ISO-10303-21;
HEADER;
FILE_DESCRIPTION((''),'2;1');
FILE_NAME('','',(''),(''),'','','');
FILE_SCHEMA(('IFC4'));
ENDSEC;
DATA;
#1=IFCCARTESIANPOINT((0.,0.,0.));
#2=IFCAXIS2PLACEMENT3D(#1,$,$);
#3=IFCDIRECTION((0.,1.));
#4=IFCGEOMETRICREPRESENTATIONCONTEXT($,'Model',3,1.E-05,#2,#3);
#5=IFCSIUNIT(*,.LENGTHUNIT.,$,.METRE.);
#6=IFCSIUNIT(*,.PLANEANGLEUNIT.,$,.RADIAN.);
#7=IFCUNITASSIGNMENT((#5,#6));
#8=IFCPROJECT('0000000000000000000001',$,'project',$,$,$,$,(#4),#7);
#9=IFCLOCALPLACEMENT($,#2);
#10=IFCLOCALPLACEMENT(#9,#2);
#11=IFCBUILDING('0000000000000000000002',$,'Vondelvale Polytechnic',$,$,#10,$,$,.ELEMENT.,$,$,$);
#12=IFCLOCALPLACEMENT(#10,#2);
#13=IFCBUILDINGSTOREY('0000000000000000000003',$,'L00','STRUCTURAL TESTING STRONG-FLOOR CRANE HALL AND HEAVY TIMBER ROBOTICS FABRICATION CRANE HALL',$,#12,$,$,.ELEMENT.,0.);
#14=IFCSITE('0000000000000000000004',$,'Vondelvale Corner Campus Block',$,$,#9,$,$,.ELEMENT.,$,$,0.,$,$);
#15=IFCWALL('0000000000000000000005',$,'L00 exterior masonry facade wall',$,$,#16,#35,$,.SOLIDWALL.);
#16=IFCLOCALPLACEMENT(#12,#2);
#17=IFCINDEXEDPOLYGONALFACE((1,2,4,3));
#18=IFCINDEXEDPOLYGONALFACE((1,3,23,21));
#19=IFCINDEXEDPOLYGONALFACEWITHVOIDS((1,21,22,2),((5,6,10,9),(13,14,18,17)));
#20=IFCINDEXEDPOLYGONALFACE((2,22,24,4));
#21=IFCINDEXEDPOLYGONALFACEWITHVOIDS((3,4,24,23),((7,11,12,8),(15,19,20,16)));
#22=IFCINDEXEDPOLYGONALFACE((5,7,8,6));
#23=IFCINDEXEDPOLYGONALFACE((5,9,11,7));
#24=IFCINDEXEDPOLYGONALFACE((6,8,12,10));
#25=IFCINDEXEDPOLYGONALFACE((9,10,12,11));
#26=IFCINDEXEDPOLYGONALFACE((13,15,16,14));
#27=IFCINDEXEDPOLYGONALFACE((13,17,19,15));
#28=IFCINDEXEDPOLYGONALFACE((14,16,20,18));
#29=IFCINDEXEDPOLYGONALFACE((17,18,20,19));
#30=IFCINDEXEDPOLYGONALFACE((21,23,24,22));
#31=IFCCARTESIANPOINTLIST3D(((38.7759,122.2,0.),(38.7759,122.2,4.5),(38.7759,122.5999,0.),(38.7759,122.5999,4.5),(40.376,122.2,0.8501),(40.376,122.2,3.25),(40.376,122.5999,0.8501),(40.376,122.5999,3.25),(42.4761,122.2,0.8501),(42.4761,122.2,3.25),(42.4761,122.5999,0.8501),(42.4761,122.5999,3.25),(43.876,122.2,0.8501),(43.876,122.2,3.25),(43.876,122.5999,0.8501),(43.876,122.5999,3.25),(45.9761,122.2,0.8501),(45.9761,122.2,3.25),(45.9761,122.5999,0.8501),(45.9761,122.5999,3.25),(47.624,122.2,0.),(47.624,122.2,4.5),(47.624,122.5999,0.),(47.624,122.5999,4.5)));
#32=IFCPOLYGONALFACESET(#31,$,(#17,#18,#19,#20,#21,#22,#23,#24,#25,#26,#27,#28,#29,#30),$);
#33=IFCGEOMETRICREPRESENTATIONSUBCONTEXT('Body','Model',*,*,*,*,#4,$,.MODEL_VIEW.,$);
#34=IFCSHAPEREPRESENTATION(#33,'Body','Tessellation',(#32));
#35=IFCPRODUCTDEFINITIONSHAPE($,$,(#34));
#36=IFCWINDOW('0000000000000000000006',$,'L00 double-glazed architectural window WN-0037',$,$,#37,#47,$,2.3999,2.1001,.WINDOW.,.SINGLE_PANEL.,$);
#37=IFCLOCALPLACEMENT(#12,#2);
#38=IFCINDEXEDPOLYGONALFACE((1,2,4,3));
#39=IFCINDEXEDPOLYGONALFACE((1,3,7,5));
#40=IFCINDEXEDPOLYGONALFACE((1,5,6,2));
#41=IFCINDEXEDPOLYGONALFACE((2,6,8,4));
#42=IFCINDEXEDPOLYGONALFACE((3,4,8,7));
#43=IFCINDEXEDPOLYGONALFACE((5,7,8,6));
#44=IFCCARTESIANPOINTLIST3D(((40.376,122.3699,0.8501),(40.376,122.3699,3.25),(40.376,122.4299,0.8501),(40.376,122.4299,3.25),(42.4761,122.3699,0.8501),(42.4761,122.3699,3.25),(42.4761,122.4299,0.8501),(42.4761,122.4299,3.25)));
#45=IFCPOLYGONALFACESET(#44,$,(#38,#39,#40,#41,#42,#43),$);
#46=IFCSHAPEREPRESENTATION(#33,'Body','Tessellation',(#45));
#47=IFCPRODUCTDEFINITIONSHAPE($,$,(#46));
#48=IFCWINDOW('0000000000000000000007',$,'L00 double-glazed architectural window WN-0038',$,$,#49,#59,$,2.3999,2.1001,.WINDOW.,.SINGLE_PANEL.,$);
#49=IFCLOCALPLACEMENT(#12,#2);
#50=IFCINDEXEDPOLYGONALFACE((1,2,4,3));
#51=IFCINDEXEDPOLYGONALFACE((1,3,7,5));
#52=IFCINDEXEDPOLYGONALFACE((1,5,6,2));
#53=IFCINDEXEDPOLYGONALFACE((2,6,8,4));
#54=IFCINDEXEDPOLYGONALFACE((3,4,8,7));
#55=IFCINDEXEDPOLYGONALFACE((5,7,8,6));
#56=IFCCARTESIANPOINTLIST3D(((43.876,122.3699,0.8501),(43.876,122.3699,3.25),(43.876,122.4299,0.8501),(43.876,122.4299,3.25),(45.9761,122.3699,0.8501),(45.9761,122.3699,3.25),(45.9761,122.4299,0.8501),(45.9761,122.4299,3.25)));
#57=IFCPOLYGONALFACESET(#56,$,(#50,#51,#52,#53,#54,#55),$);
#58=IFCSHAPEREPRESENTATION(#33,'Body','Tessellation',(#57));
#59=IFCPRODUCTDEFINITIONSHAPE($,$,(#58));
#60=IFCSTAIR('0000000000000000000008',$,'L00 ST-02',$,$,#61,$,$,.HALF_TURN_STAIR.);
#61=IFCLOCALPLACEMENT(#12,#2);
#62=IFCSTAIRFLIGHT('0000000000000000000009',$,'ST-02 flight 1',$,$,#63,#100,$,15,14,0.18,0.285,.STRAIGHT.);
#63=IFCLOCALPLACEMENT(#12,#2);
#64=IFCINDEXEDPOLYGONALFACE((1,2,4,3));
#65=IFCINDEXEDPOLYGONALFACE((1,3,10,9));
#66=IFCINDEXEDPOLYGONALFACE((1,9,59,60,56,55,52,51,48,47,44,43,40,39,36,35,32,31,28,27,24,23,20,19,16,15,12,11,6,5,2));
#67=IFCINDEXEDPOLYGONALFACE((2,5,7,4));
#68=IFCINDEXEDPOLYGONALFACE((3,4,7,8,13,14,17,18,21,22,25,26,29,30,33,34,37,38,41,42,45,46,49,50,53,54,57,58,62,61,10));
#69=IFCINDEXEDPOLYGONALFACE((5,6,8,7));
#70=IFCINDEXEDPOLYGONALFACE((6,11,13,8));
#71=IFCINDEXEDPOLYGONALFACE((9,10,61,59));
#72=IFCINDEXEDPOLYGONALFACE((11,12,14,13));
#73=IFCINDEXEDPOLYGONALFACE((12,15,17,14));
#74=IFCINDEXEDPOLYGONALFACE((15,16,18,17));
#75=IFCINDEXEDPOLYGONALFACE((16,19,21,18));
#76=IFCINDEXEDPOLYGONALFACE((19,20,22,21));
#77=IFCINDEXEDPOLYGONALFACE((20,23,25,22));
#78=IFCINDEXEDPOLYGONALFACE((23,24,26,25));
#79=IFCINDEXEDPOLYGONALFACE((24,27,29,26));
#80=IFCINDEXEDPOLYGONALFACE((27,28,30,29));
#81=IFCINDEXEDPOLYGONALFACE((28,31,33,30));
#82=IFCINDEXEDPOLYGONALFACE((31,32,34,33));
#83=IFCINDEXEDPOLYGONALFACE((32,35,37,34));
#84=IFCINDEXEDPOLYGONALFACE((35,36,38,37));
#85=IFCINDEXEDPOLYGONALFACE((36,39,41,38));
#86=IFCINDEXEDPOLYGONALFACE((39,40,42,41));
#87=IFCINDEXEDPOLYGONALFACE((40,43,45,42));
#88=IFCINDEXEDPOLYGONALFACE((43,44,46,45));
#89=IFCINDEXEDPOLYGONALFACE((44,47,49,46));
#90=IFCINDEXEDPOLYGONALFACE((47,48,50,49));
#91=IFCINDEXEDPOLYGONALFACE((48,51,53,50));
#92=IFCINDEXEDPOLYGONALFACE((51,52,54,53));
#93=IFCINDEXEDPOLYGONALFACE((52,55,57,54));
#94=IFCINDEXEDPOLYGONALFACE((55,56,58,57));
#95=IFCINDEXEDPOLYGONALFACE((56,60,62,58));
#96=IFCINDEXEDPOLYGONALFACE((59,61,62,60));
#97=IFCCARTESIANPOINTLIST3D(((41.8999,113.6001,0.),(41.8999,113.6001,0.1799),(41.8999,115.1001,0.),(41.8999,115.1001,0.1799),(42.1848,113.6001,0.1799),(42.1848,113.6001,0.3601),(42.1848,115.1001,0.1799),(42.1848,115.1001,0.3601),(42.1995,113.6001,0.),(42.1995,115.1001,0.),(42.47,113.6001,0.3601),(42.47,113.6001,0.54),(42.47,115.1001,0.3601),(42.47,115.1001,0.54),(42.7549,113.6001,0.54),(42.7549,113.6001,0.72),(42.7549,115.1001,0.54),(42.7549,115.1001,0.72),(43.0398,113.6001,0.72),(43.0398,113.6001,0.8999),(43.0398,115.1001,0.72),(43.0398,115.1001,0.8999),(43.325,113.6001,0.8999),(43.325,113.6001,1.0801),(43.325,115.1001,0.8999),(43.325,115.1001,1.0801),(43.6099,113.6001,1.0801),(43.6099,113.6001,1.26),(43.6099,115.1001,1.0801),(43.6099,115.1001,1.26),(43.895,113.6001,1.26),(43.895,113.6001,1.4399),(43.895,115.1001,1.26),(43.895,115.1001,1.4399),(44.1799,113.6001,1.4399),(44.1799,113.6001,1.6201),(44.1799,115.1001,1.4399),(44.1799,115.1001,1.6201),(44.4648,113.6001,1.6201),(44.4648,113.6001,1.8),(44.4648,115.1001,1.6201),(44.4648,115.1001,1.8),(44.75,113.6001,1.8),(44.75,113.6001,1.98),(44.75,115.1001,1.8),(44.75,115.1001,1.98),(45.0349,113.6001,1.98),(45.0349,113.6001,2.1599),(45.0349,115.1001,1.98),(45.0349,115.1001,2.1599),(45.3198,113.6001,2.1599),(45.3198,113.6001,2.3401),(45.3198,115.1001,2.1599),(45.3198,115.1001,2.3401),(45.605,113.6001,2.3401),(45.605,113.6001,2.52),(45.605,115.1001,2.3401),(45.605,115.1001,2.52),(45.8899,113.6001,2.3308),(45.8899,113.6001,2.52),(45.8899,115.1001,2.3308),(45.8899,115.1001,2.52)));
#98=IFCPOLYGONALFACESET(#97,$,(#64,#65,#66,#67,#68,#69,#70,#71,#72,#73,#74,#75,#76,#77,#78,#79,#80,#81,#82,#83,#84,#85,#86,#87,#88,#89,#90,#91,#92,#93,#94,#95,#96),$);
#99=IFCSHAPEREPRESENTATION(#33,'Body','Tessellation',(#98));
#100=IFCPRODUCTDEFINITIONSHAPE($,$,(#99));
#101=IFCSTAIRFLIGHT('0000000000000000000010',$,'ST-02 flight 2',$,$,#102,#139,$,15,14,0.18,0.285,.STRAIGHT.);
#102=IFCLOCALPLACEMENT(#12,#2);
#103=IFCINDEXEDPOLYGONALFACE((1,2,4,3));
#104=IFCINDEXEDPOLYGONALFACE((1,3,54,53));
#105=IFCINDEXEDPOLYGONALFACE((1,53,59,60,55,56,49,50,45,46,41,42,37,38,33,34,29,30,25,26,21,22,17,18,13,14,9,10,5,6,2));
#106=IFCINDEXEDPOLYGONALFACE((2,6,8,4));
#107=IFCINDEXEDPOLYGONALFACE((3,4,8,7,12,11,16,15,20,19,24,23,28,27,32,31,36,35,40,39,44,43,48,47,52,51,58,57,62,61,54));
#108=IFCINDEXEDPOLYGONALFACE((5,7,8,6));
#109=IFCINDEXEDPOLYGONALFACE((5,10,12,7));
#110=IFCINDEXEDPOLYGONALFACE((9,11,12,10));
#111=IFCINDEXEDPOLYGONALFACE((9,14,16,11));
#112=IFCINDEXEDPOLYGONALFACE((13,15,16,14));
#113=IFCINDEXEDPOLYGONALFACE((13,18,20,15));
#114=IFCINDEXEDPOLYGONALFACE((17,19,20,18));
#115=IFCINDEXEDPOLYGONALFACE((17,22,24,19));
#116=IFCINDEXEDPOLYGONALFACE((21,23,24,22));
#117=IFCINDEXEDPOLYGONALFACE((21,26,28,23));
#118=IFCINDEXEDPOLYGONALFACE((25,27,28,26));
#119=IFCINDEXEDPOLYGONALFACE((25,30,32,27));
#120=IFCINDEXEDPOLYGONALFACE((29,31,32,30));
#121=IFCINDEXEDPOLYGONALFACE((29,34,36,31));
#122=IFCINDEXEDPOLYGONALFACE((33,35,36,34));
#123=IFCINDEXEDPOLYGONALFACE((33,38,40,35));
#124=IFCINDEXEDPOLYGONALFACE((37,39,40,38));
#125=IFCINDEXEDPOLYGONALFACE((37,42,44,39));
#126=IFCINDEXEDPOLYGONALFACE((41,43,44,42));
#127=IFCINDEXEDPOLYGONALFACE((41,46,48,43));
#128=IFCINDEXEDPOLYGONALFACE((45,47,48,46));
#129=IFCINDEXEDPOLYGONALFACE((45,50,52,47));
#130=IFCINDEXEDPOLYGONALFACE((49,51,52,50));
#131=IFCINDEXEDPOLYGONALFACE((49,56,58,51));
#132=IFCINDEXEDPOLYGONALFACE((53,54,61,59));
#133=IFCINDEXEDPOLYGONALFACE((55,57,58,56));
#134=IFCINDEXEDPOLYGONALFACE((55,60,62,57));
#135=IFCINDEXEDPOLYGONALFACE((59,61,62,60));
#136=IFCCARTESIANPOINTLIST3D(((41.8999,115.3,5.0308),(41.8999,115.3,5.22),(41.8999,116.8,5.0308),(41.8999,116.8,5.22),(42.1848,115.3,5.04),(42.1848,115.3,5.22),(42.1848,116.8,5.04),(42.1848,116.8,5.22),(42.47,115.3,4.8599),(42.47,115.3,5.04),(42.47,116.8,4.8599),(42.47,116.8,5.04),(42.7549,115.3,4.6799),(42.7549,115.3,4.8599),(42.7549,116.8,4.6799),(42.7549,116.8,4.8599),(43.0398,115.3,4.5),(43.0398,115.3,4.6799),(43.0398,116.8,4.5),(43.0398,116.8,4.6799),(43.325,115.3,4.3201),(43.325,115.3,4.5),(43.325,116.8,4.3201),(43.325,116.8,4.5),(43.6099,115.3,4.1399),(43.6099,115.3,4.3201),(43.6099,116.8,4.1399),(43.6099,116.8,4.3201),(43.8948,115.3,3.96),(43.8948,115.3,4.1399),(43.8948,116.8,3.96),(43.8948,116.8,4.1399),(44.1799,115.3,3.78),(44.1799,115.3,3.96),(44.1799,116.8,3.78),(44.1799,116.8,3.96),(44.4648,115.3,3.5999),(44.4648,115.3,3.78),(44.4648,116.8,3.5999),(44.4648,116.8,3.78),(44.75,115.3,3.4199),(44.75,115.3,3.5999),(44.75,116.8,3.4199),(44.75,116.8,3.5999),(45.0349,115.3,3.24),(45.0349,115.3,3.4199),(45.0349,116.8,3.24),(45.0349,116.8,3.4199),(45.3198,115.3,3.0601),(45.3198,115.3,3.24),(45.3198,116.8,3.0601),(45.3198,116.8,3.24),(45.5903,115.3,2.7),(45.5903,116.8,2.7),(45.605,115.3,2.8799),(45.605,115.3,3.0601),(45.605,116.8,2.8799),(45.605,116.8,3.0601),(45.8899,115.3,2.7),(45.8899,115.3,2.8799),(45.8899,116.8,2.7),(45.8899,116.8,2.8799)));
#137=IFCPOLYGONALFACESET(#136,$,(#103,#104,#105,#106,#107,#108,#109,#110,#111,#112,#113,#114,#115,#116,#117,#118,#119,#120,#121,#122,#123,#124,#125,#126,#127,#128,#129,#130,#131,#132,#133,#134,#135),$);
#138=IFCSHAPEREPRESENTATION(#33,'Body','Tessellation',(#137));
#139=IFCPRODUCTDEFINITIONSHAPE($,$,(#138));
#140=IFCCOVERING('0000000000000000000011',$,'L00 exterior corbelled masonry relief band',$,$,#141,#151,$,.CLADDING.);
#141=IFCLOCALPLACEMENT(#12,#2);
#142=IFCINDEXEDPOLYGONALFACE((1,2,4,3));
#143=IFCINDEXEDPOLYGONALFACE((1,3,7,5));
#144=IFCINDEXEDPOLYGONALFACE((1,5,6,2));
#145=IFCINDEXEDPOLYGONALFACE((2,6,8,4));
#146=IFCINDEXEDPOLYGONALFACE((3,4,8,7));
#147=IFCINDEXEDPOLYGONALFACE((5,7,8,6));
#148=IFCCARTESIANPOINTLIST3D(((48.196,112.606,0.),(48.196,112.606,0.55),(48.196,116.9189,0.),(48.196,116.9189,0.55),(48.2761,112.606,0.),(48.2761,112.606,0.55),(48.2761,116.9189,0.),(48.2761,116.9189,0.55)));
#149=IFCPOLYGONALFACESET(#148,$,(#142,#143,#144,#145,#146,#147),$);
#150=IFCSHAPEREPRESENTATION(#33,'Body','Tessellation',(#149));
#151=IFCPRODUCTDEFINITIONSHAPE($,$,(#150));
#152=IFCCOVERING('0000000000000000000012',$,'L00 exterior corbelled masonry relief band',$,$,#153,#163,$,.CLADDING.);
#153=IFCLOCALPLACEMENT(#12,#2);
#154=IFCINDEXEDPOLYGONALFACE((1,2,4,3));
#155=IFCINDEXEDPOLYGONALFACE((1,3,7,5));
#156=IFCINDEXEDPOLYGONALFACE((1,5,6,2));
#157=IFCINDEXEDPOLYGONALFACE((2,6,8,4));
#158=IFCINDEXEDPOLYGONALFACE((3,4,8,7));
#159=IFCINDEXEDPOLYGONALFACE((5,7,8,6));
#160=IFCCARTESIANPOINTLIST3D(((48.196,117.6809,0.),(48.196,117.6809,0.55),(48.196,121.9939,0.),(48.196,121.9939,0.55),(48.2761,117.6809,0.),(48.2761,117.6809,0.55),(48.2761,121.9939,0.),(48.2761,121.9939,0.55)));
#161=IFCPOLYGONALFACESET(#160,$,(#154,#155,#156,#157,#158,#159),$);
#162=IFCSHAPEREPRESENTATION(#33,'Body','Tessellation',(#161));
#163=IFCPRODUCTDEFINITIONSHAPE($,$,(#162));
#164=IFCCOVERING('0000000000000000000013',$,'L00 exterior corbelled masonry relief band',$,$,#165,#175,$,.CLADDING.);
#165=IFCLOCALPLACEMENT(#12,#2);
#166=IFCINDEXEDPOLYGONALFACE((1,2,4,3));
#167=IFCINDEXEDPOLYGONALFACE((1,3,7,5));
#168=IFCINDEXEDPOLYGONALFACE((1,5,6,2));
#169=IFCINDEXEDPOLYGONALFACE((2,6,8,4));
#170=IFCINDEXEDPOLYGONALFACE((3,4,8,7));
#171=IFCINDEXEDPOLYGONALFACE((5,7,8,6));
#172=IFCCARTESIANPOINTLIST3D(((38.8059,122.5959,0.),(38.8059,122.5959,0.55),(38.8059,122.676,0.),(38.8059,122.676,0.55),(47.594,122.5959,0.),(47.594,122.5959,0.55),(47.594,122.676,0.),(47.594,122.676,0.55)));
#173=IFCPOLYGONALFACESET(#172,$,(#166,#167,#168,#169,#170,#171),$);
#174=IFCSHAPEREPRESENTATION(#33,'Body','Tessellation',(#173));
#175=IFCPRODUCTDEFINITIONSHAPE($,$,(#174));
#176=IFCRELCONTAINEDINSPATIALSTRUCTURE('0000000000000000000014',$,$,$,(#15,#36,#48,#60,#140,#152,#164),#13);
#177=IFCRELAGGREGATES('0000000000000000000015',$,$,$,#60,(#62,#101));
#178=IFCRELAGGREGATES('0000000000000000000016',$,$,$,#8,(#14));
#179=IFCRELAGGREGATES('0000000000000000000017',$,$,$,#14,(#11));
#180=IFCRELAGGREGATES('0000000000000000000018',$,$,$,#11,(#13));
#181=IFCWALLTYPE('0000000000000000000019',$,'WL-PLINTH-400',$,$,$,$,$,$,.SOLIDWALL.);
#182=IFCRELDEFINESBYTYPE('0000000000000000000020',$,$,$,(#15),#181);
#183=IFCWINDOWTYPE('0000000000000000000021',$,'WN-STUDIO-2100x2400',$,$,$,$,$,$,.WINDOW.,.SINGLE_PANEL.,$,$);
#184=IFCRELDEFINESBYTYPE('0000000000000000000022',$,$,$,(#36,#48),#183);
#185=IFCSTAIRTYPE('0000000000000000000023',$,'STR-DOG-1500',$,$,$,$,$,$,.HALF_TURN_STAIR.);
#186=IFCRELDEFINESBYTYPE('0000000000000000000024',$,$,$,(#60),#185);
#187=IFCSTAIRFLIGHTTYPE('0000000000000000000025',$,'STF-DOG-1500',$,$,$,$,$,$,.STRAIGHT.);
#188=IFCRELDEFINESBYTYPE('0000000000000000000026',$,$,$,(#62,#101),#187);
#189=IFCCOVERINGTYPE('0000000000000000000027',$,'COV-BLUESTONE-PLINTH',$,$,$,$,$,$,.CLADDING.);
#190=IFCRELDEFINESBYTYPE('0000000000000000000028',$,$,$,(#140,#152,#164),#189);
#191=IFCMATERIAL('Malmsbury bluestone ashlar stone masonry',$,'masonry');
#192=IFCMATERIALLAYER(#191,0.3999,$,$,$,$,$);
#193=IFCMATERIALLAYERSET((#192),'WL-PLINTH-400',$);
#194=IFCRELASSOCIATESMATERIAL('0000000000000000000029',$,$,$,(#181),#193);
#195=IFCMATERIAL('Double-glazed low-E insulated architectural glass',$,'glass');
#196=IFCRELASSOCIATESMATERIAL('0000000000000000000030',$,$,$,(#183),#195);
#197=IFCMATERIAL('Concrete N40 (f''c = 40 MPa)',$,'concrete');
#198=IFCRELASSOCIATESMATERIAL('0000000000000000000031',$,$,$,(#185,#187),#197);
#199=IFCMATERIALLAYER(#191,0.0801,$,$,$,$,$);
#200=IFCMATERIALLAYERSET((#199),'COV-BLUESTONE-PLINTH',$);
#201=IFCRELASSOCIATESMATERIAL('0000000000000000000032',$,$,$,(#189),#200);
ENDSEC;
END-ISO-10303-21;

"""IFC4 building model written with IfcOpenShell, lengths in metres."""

from ifc_helpers import new_model, si_unit, direction, frame, frame_2d, origin, origin_2d, place, context, subcontext, project, spatial, polyline, rectangle, outline, extrude, material, layer, layer_set, type_object, element, fill, aggregate, save


model = new_model("IFC4")

# Units and contexts
model_context = context("Model", 3, precision=1e-05, world=origin(), true_north=direction((0.0, 1.0)))
body_context = subcontext(model_context, "Body", "Model", "MODEL_VIEW")
ifc_project = project(units=[si_unit("LENGTHUNIT", "METRE"), si_unit("PLANEANGLEUNIT", "RADIAN")], contexts=[model_context])

# Site, building, storey
site_placement = place(None, origin())
site = spatial("IfcSite", under=ifc_project, at=site_placement, Name="Vondelvale Corner Campus Block", CompositionType="ELEMENT", RefElevation=0.0)
building_placement = place(site_placement, origin())
building = spatial("IfcBuilding", under=site, at=building_placement, Name="Vondelvale Polytechnic", CompositionType="ELEMENT")
storey_placement = place(building_placement, origin())
storey = spatial("IfcBuildingStorey", under=building, at=storey_placement, Name="L00", Description="STRUCTURAL TESTING STRONG-FLOOR CRANE HALL AND HEAVY TIMBER ROBOTICS FABRICATION CRANE HALL", CompositionType="ELEMENT", Elevation=0.0)

# Shared definitions
ifc_material_1 = material(Name="Concrete N40 (f'c = 40 MPa)", Category="concrete")

# Shared definitions
ifc_material_2 = material(Name="Malmsbury bluestone ashlar stone masonry", Category="masonry")
ifc_layer_1 = layer(ifc_material_2, 0.3999)
ifc_layer_set_1 = layer_set([ifc_layer_1], Name="WL-PLINTH-400")
wall_type_1 = type_object("IfcWallType", Name="WL-PLINTH-400", PredefinedType="SOLIDWALL", material=ifc_layer_set_1)
ifc_material_3 = material(Name="Double-glazed low-E insulated architectural glass", Category="glass")

# Wall, openings, windows
wall_1_placement = place(storey_placement, frame((38.7759, 122.3999, 0.0), z_axis=(0.0, 0.0, 1.0), x_axis=(1.0, 0.0, 0.0)))
wall_1 = element("IfcWall", 1, at=wall_1_placement, inside=storey, type_object=wall_type_1, Name="L00 exterior masonry facade wall", PredefinedType="SOLIDWALL", context=body_context, shape_type="SweptSolid", body=[
    extrude(rectangle(XDim=8.8481, YDim=0.3999, at=frame_2d((4.4241, 0.0))), origin(), (0.0, 0.0, 1.0), 4.5),
])
opening_1_placement = place(wall_1_placement, frame((1.6001, 0.0, 0.8501)))
opening_1 = element("IfcOpeningElement", 2, at=opening_1_placement, cuts=wall_1, PredefinedType="OPENING", context=body_context, shape_type="SweptSolid", body=[
    extrude(rectangle(XDim=2.1001, YDim=2.3999, at=frame_2d((1.05, 1.2))), frame((0.0, 0.21, 0.0), z_axis=(0.0, -1.0, 0.0), x_axis=(1.0, 0.0, 0.0)), (0.0, 0.0, 1.0), 0.4199),
])
opening_2_placement = place(wall_1_placement, frame((5.1001, 0.0, 0.8501)))
opening_2 = element("IfcOpeningElement", 3, at=opening_2_placement, cuts=wall_1, PredefinedType="OPENING", context=body_context, shape_type="SweptSolid", body=[
    extrude(rectangle(XDim=2.1001, YDim=2.3999, at=frame_2d((1.05, 1.2))), frame((0.0, 0.21, 0.0), z_axis=(0.0, -1.0, 0.0), x_axis=(1.0, 0.0, 0.0)), (0.0, 0.0, 1.0), 0.4199),
])
window_type_1 = type_object("IfcWindowType", Name="WN-STUDIO-2100x2400", PartitioningType="SINGLE_PANEL", PredefinedType="WINDOW", material=ifc_material_3)
window_1_placement = place(opening_1_placement, origin())
window_1 = element("IfcWindow", 4, at=window_1_placement, inside=storey, type_object=window_type_1, Name="L00 double-glazed architectural window WN-0037", OverallHeight=2.3999, OverallWidth=2.1001, PartitioningType="SINGLE_PANEL", PredefinedType="WINDOW", context=body_context, shape_type="SweptSolid", body=[
    extrude(rectangle(XDim=2.1001, YDim=2.3999, at=frame_2d((1.05, 1.2))), frame((0.0, 0.03, 0.0), z_axis=(0.0, -1.0, 0.0), x_axis=(1.0, 0.0, 0.0)), (0.0, 0.0, 1.0), 0.0601),
])
fill(opening_1, window_1)
window_2_placement = place(opening_2_placement, origin())
window_2 = element("IfcWindow", 5, at=window_2_placement, inside=storey, type_object=window_type_1, Name="L00 double-glazed architectural window WN-0038", OverallHeight=2.3999, OverallWidth=2.1001, PartitioningType="SINGLE_PANEL", PredefinedType="WINDOW", context=body_context, shape_type="SweptSolid", body=[
    extrude(rectangle(XDim=2.1001, YDim=2.3999, at=frame_2d((1.05, 1.2))), frame((0.0, 0.03, 0.0), z_axis=(0.0, -1.0, 0.0), x_axis=(1.0, 0.0, 0.0)), (0.0, 0.0, 1.0), 0.0601),
])
fill(opening_2, window_2)

# Stair, stair flights
stair_type = type_object("IfcStairType", Name="STR-DOG-1500", PredefinedType="HALF_TURN_STAIR", material=ifc_material_1)
stair_placement = place(storey_placement, origin())
stair = element("IfcStair", 6, at=stair_placement, inside=storey, type_object=stair_type, Name="L00 ST-02", PredefinedType="HALF_TURN_STAIR")
stair_flight_type = type_object("IfcStairFlightType", Name="STF-DOG-1500", PredefinedType="STRAIGHT", material=ifc_material_1)
stair_flight_1_placement = place(storey_placement, frame((41.8999, 114.3501, 0.0), z_axis=(0.0, 0.0, 1.0), x_axis=(1.0, 0.0, 0.0)))
stair_flight_1 = element("IfcStairFlight", 7, at=stair_flight_1_placement, type_object=stair_flight_type, Name="ST-02 flight 1", NumberOfRisers=15, NumberOfTreads=14, PredefinedType="STRAIGHT", RiserHeight=0.18, TreadLength=0.285, context=body_context, shape_type="SweptSolid", body=[
    extrude(outline(polyline([(0.0, 0.0), (0.0, 0.1799), (0.2849, 0.1799), (0.2849, 0.3601), (0.5701, 0.3601), (0.5701, 0.54), (0.855, 0.54), (0.855, 0.72), (1.1399, 0.72), (1.1399, 0.8999), (1.425, 0.8999), (1.425, 1.0801), (1.71, 1.0801), (1.71, 1.26), (1.9951, 1.26), (1.9951, 1.4399), (2.28, 1.4399), (2.28, 1.6201), (2.5649, 1.6201), (2.5649, 1.8), (2.8501, 1.8), (2.8501, 1.98), (3.135, 1.98), (3.135, 2.1599), (3.4199, 2.1599), (3.4199, 2.3401), (3.7051, 2.3401), (3.7051, 2.52), (3.99, 2.52), (3.99, 2.7), (3.99, 2.3308), (0.2996, 0.0), (0.0, 0.0)])), frame((0.0, 0.75, 0.0), z_axis=(0.0, -1.0, 0.0), x_axis=(1.0, 0.0, 0.0)), (0.0, 0.0, 1.0), 1.5),
])
stair_flight_2_placement = place(storey_placement, frame((45.8899, 116.05, 2.7), z_axis=(0.0, 0.0, 1.0), x_axis=(-1.0, 0.0, 0.0)))
stair_flight_2 = element("IfcStairFlight", 8, at=stair_flight_2_placement, type_object=stair_flight_type, Name="ST-02 flight 2", NumberOfRisers=15, NumberOfTreads=14, PredefinedType="STRAIGHT", RiserHeight=0.18, TreadLength=0.285, context=body_context, shape_type="SweptSolid", body=[
    extrude(outline(polyline([(0.0, 0.0), (0.0, 0.1799), (0.2849, 0.1799), (0.2849, 0.3601), (0.5701, 0.3601), (0.5701, 0.54), (0.855, 0.54), (0.855, 0.72), (1.1399, 0.72), (1.1399, 0.8999), (1.425, 0.8999), (1.425, 1.0801), (1.71, 1.0801), (1.71, 1.26), (1.9951, 1.26), (1.9951, 1.4399), (2.28, 1.4399), (2.28, 1.6201), (2.5649, 1.6201), (2.5649, 1.8), (2.8501, 1.8), (2.8501, 1.98), (3.135, 1.98), (3.135, 2.1599), (3.4199, 2.1599), (3.4199, 2.3401), (3.7051, 2.3401), (3.7051, 2.52), (3.99, 2.52), (3.99, 2.7), (3.99, 2.3308), (0.2996, 0.0), (0.0, 0.0)])), frame((0.0, 0.75, 0.0), z_axis=(0.0, -1.0, 0.0), x_axis=(1.0, 0.0, 0.0)), (0.0, 0.0, 1.0), 1.5),
])
aggregate(stair, [stair_flight_1, stair_flight_2])

# Coverings
ifc_layer_2 = layer(ifc_material_2, 0.0801)
ifc_layer_set_2 = layer_set([ifc_layer_2], Name="COV-BLUESTONE-PLINTH")
covering_type = type_object("IfcCoveringType", Name="COV-BLUESTONE-PLINTH", PredefinedType="CLADDING", material=ifc_layer_set_2)
for number, where, z_axis, x_axis, name in (
    (9, (48.2361, 114.7625, 0.0), (0.0, 0.0, 1.0), (0.0, -1.0, 0.0), "L00 exterior corbelled masonry relief band"),
    (10, (48.2361, 119.8374, 0.0), (0.0, 0.0, 1.0), (0.0, -1.0, 0.0), "L00 exterior corbelled masonry relief band"),
):
    element("IfcCovering", number, at=place(storey_placement, frame(where, z_axis=z_axis, x_axis=x_axis)), inside=storey, type_object=covering_type, Name=name, PredefinedType="CLADDING", context=body_context, shape_type="SweptSolid", body=[
        extrude(rectangle(XDim=4.313, YDim=0.0801, at=origin_2d()), origin(), (0.0, 0.0, 1.0), 0.55),
    ])
covering_placement = place(storey_placement, frame((43.2, 122.636, 0.0), z_axis=(0.0, 0.0, 1.0), x_axis=(1.0, 0.0, 0.0)))
element("IfcCovering", 11, at=covering_placement, inside=storey, type_object=covering_type, Name="L00 exterior corbelled masonry relief band", PredefinedType="CLADDING", context=body_context, shape_type="SweptSolid", body=[
    extrude(rectangle(XDim=8.7881, YDim=0.0801, at=origin_2d()), origin(), (0.0, 0.0, 1.0), 0.55),
])

save(model, "model.ifc")
